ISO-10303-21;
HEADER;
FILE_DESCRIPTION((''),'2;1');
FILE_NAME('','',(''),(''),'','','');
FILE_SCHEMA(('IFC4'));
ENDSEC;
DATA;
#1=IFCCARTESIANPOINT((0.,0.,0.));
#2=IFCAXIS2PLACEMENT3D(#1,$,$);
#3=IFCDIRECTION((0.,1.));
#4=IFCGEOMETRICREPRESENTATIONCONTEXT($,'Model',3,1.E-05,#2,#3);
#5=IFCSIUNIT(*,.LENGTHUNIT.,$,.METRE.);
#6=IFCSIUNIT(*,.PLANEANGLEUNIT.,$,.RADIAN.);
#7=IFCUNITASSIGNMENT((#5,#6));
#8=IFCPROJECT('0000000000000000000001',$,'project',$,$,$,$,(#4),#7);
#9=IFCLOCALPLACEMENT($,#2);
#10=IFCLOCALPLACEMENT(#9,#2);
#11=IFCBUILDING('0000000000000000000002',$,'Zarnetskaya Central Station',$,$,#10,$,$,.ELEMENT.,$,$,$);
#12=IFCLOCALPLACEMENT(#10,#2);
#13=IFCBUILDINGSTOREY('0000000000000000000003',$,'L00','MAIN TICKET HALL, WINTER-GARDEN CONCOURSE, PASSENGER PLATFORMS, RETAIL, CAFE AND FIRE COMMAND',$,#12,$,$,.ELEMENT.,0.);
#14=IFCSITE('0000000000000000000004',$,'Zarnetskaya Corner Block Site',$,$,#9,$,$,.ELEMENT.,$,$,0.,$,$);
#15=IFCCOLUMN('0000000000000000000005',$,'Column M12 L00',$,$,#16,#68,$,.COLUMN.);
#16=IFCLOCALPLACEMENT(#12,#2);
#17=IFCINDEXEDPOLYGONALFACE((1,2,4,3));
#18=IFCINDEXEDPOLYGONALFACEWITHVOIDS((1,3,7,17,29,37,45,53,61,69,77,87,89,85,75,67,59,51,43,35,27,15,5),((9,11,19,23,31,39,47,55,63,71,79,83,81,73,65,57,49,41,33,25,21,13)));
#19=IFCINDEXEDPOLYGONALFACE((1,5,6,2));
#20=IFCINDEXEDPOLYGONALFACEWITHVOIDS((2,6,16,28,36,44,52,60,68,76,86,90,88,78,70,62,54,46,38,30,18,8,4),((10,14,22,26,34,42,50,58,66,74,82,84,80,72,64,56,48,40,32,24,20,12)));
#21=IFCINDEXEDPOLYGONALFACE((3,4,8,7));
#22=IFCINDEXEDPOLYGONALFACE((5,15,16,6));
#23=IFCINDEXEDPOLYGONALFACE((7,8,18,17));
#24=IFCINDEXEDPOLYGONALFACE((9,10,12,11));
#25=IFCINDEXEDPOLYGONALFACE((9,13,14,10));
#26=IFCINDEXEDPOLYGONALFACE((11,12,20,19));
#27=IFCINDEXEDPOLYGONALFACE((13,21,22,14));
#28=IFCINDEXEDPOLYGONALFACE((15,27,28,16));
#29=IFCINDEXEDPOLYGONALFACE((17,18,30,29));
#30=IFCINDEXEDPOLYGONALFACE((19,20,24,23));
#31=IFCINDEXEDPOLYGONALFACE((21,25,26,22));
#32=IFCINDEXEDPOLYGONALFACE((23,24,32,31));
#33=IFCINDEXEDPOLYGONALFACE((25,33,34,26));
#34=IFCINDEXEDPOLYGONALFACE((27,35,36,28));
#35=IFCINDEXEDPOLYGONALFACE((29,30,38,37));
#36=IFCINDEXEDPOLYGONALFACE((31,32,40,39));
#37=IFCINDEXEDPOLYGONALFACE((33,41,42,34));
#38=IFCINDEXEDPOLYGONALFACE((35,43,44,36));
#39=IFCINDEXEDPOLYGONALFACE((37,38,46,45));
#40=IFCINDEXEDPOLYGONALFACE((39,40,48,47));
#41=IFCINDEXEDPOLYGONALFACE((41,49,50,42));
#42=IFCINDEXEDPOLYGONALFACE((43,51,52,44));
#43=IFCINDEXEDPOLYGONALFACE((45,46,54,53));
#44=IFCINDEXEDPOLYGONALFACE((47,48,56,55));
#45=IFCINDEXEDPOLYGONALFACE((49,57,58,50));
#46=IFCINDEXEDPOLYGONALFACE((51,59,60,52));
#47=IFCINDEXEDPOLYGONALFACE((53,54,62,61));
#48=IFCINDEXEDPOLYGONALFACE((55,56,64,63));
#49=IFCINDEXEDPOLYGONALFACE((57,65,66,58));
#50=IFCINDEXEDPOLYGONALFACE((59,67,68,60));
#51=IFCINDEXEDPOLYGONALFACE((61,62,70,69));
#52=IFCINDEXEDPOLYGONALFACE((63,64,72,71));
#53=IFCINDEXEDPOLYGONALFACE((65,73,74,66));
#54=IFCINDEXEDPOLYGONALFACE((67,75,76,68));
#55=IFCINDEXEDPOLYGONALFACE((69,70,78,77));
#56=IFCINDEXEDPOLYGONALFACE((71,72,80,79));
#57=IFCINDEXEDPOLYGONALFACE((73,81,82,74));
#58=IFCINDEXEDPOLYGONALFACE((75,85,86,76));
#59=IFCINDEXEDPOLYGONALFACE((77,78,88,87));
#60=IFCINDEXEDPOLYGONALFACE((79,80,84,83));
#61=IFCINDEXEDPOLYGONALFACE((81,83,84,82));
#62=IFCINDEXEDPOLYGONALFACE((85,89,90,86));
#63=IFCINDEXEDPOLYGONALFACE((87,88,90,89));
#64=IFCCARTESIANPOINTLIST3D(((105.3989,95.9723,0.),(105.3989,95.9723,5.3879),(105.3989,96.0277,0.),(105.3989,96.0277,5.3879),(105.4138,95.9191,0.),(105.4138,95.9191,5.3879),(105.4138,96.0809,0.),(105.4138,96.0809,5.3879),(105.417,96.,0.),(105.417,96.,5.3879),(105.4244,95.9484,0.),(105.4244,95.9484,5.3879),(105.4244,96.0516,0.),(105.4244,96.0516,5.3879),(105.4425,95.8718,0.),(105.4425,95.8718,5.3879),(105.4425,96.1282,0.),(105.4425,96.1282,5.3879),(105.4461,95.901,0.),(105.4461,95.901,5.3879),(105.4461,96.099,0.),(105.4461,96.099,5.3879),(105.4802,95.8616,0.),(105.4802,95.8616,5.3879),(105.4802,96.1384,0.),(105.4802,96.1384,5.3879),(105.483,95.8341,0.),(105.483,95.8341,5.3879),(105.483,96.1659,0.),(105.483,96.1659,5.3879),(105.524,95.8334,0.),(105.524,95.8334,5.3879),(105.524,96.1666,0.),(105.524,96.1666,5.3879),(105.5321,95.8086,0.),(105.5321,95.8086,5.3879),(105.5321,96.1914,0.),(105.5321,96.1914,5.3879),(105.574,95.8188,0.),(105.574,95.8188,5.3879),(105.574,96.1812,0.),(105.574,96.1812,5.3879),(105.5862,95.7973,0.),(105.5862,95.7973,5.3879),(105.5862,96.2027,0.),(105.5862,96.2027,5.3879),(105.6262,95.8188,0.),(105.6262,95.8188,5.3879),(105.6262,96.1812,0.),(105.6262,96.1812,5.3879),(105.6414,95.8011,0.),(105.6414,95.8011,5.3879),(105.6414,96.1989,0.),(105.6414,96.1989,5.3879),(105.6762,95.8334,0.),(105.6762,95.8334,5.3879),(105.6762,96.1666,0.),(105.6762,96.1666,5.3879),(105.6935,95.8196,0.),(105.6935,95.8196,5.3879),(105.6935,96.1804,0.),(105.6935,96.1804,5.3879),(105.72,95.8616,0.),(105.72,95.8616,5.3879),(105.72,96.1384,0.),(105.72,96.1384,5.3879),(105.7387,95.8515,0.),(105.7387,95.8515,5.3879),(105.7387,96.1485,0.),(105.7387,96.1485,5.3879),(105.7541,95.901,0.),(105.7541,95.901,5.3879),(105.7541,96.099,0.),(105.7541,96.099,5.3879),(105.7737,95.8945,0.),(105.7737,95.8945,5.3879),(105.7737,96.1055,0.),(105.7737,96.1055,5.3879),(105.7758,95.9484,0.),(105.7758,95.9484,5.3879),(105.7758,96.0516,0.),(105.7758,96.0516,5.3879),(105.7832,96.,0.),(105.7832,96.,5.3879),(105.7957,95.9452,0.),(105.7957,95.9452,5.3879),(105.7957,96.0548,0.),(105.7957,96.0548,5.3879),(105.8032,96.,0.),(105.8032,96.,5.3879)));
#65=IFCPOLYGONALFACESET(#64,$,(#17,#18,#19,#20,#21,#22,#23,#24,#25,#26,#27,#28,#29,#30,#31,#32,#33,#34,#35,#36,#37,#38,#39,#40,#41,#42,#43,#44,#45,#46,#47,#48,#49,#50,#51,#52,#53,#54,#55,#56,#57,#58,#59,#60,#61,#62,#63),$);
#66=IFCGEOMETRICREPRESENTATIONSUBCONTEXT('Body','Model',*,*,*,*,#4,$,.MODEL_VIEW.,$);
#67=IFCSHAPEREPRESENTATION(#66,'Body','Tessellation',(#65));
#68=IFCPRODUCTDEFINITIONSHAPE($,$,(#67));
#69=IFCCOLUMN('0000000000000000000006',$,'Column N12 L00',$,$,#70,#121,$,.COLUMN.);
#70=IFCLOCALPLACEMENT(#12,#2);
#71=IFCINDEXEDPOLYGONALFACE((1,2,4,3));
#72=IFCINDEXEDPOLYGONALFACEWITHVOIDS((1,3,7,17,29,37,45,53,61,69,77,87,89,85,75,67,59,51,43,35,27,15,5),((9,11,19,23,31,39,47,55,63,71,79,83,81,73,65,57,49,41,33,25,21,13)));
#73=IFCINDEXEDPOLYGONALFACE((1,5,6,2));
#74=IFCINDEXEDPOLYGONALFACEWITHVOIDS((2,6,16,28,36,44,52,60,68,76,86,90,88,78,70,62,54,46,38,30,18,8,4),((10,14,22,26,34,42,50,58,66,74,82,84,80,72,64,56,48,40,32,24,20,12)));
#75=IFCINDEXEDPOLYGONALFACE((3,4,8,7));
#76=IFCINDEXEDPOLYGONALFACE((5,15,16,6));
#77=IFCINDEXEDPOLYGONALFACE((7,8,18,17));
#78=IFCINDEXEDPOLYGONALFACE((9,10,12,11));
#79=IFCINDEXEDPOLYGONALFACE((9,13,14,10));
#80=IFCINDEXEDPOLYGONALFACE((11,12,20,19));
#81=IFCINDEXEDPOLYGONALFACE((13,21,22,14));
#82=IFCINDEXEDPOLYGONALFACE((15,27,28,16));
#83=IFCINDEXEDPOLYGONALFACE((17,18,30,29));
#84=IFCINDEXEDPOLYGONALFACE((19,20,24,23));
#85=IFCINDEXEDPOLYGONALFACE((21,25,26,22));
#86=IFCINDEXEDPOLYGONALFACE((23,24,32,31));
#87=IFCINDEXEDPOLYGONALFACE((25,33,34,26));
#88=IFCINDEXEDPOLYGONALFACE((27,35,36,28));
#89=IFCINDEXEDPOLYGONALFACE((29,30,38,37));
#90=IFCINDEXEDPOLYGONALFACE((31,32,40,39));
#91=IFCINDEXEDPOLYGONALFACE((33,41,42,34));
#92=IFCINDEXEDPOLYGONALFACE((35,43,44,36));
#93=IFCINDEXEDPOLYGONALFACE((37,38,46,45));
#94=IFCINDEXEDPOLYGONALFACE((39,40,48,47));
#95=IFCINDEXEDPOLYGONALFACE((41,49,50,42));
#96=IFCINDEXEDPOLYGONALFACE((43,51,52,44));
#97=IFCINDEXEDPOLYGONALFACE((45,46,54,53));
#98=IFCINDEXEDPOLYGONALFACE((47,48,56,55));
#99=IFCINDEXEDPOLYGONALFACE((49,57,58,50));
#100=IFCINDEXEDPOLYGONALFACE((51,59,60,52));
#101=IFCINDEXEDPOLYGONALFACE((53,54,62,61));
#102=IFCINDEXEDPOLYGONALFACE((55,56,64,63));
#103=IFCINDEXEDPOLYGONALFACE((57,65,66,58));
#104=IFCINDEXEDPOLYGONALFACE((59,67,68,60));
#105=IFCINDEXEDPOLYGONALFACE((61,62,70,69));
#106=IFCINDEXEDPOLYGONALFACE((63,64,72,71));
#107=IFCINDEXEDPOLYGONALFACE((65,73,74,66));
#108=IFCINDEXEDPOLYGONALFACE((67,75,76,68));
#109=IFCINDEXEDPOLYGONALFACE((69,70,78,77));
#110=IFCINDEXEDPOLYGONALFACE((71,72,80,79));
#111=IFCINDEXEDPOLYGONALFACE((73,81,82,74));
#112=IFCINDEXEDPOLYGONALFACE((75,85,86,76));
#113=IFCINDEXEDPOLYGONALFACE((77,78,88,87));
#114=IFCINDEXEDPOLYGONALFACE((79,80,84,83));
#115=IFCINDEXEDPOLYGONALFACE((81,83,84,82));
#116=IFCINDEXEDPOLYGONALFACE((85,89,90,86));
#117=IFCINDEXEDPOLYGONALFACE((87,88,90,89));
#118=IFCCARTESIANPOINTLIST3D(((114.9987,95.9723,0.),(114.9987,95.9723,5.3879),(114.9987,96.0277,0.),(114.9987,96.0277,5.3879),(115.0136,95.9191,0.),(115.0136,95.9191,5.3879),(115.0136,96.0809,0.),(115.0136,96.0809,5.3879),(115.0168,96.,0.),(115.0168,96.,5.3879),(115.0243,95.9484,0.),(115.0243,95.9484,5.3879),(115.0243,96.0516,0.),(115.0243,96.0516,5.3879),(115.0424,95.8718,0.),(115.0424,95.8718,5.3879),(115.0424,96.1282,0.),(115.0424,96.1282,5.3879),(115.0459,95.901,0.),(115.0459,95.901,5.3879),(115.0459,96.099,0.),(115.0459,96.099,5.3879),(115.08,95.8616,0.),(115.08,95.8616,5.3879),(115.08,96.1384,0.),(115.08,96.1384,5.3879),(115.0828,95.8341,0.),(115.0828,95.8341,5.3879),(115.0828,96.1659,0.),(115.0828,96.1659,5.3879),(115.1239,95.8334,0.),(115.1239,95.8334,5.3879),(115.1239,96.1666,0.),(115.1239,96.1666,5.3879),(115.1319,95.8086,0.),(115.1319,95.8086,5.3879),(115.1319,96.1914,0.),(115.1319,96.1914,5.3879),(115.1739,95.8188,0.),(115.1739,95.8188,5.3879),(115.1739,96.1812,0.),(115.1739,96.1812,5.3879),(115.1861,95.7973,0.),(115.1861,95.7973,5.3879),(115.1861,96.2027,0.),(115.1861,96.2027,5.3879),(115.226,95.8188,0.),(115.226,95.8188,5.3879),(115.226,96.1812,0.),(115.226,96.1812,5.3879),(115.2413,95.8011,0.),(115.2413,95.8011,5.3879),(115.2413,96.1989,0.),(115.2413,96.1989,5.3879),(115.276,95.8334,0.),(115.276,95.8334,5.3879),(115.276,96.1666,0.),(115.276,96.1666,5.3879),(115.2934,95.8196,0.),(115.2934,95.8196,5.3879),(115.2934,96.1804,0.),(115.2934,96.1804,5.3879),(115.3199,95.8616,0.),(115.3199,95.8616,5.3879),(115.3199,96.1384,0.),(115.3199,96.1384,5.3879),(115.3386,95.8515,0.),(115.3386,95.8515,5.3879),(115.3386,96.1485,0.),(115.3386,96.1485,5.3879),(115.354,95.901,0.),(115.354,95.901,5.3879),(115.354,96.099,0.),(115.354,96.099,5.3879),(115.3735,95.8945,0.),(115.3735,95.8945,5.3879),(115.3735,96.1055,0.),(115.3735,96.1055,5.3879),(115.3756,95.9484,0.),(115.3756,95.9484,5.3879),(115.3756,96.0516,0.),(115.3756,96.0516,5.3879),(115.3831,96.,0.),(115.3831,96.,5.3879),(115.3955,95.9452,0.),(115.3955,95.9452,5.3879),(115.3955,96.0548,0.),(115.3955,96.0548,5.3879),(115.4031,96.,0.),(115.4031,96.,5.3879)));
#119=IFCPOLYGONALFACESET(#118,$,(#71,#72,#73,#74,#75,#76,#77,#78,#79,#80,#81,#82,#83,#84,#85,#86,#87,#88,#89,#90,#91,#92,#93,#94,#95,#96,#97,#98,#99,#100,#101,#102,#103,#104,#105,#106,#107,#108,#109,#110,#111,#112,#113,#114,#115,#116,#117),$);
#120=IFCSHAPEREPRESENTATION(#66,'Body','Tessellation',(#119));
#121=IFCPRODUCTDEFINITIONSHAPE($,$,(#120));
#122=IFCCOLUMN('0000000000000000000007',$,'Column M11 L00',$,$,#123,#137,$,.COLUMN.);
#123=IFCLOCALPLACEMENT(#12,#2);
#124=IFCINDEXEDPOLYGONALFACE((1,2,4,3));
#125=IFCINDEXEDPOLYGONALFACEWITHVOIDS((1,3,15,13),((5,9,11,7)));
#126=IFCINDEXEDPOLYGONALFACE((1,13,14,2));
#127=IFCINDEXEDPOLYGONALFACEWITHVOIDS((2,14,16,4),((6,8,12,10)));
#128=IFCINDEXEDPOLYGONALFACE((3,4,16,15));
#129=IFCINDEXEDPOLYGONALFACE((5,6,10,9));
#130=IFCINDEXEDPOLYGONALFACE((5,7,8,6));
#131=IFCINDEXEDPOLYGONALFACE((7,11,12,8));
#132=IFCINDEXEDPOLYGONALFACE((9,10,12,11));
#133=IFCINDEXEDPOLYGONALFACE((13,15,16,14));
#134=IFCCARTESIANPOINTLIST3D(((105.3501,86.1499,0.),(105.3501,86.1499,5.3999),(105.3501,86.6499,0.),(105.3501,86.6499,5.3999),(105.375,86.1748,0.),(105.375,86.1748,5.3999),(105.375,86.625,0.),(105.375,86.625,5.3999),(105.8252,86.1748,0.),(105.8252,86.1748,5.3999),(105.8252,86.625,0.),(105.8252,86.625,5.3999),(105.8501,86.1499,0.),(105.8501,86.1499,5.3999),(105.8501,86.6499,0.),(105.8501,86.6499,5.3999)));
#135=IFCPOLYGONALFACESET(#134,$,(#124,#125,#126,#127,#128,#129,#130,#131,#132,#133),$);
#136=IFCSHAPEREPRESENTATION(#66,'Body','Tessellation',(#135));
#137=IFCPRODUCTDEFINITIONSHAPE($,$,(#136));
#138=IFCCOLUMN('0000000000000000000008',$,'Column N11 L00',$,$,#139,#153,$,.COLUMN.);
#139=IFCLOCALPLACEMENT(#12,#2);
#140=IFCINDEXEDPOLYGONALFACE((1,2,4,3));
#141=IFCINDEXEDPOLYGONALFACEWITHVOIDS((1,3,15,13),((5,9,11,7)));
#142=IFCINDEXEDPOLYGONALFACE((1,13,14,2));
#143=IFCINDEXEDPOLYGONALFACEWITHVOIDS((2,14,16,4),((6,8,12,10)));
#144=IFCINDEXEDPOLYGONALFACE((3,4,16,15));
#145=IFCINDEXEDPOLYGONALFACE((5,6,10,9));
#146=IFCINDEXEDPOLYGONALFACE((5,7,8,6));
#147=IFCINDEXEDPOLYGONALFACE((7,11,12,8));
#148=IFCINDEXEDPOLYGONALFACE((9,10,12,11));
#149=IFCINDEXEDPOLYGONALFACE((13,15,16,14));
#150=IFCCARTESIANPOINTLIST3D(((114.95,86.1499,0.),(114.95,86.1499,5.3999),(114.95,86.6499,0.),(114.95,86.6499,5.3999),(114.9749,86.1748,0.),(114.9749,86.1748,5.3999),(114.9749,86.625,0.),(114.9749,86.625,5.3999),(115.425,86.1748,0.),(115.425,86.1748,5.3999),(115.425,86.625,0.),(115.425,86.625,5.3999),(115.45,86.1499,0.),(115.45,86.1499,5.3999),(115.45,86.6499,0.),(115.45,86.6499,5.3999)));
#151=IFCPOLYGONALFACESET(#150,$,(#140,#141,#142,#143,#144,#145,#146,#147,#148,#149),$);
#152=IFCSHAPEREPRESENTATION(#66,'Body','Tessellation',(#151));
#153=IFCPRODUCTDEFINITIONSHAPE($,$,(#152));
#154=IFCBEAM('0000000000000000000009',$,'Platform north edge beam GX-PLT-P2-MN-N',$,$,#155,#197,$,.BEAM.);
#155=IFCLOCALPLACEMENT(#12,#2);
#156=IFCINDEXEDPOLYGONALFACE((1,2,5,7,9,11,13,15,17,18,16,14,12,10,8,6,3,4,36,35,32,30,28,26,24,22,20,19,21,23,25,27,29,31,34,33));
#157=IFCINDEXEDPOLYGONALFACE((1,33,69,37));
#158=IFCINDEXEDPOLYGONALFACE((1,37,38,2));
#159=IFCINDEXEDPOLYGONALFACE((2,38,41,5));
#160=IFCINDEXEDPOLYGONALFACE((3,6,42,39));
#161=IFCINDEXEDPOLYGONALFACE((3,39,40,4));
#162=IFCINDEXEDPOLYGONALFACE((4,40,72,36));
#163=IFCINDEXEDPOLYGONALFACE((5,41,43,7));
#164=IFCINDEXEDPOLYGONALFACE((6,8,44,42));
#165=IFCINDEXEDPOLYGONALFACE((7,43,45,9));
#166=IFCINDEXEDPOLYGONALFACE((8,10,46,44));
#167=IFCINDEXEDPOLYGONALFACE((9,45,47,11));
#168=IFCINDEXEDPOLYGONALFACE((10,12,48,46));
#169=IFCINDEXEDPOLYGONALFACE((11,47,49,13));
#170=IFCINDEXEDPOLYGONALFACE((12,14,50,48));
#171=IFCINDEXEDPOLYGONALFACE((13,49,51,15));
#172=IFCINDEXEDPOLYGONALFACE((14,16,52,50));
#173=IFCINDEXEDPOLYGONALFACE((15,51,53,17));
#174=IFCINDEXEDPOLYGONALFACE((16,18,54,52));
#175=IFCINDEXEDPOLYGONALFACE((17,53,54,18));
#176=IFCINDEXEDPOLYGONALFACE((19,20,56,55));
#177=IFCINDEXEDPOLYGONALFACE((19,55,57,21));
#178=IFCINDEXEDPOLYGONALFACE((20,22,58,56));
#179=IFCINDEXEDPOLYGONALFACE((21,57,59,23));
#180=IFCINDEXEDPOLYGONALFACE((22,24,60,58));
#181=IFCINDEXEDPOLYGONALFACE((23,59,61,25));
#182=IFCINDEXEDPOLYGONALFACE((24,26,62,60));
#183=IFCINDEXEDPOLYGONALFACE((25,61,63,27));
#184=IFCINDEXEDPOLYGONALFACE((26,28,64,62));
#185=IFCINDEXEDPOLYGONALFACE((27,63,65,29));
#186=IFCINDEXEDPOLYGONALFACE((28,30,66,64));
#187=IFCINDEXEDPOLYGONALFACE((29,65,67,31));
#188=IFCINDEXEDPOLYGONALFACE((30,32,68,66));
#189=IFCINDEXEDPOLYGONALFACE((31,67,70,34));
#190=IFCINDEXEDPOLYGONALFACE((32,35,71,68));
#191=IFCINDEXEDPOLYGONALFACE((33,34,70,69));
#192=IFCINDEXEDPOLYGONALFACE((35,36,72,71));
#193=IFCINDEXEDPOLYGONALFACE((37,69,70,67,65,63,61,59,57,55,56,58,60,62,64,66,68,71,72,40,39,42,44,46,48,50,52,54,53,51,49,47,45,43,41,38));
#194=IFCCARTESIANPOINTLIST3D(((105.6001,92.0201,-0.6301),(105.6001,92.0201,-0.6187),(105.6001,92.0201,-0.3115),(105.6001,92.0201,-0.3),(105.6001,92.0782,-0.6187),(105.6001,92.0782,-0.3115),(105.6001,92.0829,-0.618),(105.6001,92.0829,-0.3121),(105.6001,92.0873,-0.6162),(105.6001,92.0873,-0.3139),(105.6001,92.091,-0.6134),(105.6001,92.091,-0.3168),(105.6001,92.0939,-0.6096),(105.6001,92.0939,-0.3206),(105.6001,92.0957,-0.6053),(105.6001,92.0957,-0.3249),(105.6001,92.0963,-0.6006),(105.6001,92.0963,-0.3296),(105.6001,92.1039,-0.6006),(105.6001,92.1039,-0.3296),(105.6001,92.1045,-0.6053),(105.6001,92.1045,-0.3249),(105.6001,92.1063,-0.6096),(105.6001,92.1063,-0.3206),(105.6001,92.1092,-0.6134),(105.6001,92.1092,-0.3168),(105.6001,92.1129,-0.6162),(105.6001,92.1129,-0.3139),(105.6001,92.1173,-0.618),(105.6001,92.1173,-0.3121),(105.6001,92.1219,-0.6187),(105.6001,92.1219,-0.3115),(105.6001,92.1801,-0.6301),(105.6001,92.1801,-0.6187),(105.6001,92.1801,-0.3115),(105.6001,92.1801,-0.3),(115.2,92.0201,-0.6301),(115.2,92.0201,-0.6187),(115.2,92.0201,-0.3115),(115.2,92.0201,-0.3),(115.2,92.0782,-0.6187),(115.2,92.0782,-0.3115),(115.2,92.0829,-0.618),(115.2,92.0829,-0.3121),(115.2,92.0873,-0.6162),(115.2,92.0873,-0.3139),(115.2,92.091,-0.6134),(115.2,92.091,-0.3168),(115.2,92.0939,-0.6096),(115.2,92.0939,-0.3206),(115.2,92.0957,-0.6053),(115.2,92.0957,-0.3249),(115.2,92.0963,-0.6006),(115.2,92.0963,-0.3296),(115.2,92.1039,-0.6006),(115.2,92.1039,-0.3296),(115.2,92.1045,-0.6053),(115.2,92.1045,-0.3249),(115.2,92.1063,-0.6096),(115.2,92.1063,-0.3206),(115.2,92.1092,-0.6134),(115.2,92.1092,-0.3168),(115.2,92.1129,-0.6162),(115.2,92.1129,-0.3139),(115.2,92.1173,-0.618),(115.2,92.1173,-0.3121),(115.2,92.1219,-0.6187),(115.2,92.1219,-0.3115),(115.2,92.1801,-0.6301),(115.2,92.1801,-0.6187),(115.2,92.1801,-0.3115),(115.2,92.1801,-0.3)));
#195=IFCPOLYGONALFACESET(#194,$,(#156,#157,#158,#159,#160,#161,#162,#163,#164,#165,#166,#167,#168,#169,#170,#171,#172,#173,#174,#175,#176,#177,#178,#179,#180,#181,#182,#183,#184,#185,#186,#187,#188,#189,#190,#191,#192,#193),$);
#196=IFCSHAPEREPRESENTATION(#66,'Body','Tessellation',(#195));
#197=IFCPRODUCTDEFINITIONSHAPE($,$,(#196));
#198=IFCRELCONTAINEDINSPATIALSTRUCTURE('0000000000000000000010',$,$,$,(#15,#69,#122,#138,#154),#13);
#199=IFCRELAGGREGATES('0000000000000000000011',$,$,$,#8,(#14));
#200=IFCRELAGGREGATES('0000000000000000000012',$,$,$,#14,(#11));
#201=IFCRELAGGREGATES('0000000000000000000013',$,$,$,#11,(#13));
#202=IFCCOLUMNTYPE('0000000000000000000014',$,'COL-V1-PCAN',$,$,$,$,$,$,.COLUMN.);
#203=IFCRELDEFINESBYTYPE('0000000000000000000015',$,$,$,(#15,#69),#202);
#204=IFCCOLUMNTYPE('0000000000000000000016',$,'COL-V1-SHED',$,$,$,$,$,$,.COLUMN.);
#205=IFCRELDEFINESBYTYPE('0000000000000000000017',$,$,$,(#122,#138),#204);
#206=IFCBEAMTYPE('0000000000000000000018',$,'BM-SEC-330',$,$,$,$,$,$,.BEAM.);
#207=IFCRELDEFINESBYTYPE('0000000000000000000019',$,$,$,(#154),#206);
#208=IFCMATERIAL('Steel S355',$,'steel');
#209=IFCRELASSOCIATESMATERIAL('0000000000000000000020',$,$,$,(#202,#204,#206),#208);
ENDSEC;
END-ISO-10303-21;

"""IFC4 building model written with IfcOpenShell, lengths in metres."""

from ifc_helpers import new_model, si_unit, direction, frame, origin, origin_2d, place, context, subcontext, project, spatial, hollow_rectangle, hollow_circle, i_section, extrude, material, material_profile, profile_set, type_object, element, save


model = new_model("IFC4")

# Units and contexts
model_context = context("Model", 3, precision=1e-05, world=origin(), true_north=direction((0.0, 1.0)))
body_context = subcontext(model_context, "Body", "Model", "MODEL_VIEW")
ifc_project = project(units=[si_unit("LENGTHUNIT", "METRE"), si_unit("PLANEANGLEUNIT", "RADIAN")], contexts=[model_context])

# Site, building, storey
site_placement = place(None, origin())
site = spatial("IfcSite", under=ifc_project, at=site_placement, Name="Zarnetskaya Corner Block Site", CompositionType="ELEMENT", RefElevation=0.0)
building_placement = place(site_placement, origin())
building = spatial("IfcBuilding", under=site, at=building_placement, Name="Zarnetskaya Central Station", CompositionType="ELEMENT")
storey_placement = place(building_placement, origin())
storey = spatial("IfcBuildingStorey", under=building, at=storey_placement, Name="L00", Description="MAIN TICKET HALL, WINTER-GARDEN CONCOURSE, PASSENGER PLATFORMS, RETAIL, CAFE AND FIRE COMMAND", CompositionType="ELEMENT", Elevation=0.0)

# Columns
ifc_material = material(Name="Steel S355", Category="steel")
ifc_material_profile_1 = material_profile(ifc_material, hollow_circle(Radius=0.2031, WallThickness=0.02, at=origin_2d()), Name="CHS 406.4x20")
ifc_profile_set_1 = profile_set([ifc_material_profile_1], Name="Steel S355")
column_type_1 = type_object("IfcColumnType", Name="COL-V1-PCAN", PredefinedType="COLUMN", material=ifc_profile_set_1)
for number, where, z_axis, x_axis, name in (
    (1, (105.6001, 96.0, 0.0), (0.0, 0.0, 1.0), (1.0, 0.0, 0.0), "Column M12 L00"),
    (2, (115.2, 96.0, 0.0), (0.0, 0.0, 1.0), (1.0, 0.0, 0.0), "Column N12 L00"),
):
    element("IfcColumn", number, at=place(storey_placement, frame(where, z_axis=z_axis, x_axis=x_axis)), inside=storey, type_object=column_type_1, Name=name, PredefinedType="COLUMN", context=body_context, shape_type="SweptSolid", body=[
        extrude(hollow_circle(Radius=0.2031, WallThickness=0.02, at=origin_2d()), origin(), (0.0, 0.0, 1.0), 5.3879),
    ])
ifc_material_profile_2 = material_profile(ifc_material, hollow_rectangle(XDim=0.5, YDim=0.5, WallThickness=0.0249, at=origin_2d()), Name="BOX 500x500x25")
ifc_profile_set_2 = profile_set([ifc_material_profile_2], Name="Steel S355")
column_type_2 = type_object("IfcColumnType", Name="COL-V1-SHED", PredefinedType="COLUMN", material=ifc_profile_set_2)
for number, where, z_axis, x_axis, name in (
    (3, (105.6001, 86.3999, 0.0), (0.0, 0.0, 1.0), (1.0, 0.0, 0.0), "Column M11 L00"),
    (4, (115.2, 86.3999, 0.0), (0.0, 0.0, 1.0), (1.0, 0.0, 0.0), "Column N11 L00"),
):
    element("IfcColumn", number, at=place(storey_placement, frame(where, z_axis=z_axis, x_axis=x_axis)), inside=storey, type_object=column_type_2, Name=name, PredefinedType="COLUMN", context=body_context, shape_type="SweptSolid", body=[
        extrude(hollow_rectangle(XDim=0.5, YDim=0.5, WallThickness=0.0249, at=origin_2d()), origin(), (0.0, 0.0, 1.0), 5.3999),
    ])

# Beam
ifc_material_profile_3 = material_profile(ifc_material, i_section(OverallWidth=0.1599, OverallDepth=0.3301, WebThickness=0.0076, FlangeThickness=0.0115, FilletRadius=0.0181, at=origin_2d()), Name="IPE 330")
ifc_profile_set_3 = profile_set([ifc_material_profile_3], Name="Steel S355")
beam_type_1 = type_object("IfcBeamType", Name="BM-SEC-330", PredefinedType="BEAM", material=ifc_profile_set_3)
beam_1_placement = place(storey_placement, frame((105.6001, 92.1001, -0.4651), z_axis=(1.0, 0.0, 0.0), x_axis=(0.0, 1.0, 0.0)))
element("IfcBeam", 5, at=beam_1_placement, inside=storey, type_object=beam_type_1, Name="Platform north edge beam GX-PLT-P2-MN-N", PredefinedType="BEAM", context=body_context, shape_type="SweptSolid", body=[
    extrude(i_section(OverallWidth=0.1599, OverallDepth=0.3301, WebThickness=0.0076, FlangeThickness=0.0115, FilletRadius=0.0181, at=origin_2d()), origin(), (0.0, 0.0, 1.0), 9.5999),
])

save(model, "model.ifc")
